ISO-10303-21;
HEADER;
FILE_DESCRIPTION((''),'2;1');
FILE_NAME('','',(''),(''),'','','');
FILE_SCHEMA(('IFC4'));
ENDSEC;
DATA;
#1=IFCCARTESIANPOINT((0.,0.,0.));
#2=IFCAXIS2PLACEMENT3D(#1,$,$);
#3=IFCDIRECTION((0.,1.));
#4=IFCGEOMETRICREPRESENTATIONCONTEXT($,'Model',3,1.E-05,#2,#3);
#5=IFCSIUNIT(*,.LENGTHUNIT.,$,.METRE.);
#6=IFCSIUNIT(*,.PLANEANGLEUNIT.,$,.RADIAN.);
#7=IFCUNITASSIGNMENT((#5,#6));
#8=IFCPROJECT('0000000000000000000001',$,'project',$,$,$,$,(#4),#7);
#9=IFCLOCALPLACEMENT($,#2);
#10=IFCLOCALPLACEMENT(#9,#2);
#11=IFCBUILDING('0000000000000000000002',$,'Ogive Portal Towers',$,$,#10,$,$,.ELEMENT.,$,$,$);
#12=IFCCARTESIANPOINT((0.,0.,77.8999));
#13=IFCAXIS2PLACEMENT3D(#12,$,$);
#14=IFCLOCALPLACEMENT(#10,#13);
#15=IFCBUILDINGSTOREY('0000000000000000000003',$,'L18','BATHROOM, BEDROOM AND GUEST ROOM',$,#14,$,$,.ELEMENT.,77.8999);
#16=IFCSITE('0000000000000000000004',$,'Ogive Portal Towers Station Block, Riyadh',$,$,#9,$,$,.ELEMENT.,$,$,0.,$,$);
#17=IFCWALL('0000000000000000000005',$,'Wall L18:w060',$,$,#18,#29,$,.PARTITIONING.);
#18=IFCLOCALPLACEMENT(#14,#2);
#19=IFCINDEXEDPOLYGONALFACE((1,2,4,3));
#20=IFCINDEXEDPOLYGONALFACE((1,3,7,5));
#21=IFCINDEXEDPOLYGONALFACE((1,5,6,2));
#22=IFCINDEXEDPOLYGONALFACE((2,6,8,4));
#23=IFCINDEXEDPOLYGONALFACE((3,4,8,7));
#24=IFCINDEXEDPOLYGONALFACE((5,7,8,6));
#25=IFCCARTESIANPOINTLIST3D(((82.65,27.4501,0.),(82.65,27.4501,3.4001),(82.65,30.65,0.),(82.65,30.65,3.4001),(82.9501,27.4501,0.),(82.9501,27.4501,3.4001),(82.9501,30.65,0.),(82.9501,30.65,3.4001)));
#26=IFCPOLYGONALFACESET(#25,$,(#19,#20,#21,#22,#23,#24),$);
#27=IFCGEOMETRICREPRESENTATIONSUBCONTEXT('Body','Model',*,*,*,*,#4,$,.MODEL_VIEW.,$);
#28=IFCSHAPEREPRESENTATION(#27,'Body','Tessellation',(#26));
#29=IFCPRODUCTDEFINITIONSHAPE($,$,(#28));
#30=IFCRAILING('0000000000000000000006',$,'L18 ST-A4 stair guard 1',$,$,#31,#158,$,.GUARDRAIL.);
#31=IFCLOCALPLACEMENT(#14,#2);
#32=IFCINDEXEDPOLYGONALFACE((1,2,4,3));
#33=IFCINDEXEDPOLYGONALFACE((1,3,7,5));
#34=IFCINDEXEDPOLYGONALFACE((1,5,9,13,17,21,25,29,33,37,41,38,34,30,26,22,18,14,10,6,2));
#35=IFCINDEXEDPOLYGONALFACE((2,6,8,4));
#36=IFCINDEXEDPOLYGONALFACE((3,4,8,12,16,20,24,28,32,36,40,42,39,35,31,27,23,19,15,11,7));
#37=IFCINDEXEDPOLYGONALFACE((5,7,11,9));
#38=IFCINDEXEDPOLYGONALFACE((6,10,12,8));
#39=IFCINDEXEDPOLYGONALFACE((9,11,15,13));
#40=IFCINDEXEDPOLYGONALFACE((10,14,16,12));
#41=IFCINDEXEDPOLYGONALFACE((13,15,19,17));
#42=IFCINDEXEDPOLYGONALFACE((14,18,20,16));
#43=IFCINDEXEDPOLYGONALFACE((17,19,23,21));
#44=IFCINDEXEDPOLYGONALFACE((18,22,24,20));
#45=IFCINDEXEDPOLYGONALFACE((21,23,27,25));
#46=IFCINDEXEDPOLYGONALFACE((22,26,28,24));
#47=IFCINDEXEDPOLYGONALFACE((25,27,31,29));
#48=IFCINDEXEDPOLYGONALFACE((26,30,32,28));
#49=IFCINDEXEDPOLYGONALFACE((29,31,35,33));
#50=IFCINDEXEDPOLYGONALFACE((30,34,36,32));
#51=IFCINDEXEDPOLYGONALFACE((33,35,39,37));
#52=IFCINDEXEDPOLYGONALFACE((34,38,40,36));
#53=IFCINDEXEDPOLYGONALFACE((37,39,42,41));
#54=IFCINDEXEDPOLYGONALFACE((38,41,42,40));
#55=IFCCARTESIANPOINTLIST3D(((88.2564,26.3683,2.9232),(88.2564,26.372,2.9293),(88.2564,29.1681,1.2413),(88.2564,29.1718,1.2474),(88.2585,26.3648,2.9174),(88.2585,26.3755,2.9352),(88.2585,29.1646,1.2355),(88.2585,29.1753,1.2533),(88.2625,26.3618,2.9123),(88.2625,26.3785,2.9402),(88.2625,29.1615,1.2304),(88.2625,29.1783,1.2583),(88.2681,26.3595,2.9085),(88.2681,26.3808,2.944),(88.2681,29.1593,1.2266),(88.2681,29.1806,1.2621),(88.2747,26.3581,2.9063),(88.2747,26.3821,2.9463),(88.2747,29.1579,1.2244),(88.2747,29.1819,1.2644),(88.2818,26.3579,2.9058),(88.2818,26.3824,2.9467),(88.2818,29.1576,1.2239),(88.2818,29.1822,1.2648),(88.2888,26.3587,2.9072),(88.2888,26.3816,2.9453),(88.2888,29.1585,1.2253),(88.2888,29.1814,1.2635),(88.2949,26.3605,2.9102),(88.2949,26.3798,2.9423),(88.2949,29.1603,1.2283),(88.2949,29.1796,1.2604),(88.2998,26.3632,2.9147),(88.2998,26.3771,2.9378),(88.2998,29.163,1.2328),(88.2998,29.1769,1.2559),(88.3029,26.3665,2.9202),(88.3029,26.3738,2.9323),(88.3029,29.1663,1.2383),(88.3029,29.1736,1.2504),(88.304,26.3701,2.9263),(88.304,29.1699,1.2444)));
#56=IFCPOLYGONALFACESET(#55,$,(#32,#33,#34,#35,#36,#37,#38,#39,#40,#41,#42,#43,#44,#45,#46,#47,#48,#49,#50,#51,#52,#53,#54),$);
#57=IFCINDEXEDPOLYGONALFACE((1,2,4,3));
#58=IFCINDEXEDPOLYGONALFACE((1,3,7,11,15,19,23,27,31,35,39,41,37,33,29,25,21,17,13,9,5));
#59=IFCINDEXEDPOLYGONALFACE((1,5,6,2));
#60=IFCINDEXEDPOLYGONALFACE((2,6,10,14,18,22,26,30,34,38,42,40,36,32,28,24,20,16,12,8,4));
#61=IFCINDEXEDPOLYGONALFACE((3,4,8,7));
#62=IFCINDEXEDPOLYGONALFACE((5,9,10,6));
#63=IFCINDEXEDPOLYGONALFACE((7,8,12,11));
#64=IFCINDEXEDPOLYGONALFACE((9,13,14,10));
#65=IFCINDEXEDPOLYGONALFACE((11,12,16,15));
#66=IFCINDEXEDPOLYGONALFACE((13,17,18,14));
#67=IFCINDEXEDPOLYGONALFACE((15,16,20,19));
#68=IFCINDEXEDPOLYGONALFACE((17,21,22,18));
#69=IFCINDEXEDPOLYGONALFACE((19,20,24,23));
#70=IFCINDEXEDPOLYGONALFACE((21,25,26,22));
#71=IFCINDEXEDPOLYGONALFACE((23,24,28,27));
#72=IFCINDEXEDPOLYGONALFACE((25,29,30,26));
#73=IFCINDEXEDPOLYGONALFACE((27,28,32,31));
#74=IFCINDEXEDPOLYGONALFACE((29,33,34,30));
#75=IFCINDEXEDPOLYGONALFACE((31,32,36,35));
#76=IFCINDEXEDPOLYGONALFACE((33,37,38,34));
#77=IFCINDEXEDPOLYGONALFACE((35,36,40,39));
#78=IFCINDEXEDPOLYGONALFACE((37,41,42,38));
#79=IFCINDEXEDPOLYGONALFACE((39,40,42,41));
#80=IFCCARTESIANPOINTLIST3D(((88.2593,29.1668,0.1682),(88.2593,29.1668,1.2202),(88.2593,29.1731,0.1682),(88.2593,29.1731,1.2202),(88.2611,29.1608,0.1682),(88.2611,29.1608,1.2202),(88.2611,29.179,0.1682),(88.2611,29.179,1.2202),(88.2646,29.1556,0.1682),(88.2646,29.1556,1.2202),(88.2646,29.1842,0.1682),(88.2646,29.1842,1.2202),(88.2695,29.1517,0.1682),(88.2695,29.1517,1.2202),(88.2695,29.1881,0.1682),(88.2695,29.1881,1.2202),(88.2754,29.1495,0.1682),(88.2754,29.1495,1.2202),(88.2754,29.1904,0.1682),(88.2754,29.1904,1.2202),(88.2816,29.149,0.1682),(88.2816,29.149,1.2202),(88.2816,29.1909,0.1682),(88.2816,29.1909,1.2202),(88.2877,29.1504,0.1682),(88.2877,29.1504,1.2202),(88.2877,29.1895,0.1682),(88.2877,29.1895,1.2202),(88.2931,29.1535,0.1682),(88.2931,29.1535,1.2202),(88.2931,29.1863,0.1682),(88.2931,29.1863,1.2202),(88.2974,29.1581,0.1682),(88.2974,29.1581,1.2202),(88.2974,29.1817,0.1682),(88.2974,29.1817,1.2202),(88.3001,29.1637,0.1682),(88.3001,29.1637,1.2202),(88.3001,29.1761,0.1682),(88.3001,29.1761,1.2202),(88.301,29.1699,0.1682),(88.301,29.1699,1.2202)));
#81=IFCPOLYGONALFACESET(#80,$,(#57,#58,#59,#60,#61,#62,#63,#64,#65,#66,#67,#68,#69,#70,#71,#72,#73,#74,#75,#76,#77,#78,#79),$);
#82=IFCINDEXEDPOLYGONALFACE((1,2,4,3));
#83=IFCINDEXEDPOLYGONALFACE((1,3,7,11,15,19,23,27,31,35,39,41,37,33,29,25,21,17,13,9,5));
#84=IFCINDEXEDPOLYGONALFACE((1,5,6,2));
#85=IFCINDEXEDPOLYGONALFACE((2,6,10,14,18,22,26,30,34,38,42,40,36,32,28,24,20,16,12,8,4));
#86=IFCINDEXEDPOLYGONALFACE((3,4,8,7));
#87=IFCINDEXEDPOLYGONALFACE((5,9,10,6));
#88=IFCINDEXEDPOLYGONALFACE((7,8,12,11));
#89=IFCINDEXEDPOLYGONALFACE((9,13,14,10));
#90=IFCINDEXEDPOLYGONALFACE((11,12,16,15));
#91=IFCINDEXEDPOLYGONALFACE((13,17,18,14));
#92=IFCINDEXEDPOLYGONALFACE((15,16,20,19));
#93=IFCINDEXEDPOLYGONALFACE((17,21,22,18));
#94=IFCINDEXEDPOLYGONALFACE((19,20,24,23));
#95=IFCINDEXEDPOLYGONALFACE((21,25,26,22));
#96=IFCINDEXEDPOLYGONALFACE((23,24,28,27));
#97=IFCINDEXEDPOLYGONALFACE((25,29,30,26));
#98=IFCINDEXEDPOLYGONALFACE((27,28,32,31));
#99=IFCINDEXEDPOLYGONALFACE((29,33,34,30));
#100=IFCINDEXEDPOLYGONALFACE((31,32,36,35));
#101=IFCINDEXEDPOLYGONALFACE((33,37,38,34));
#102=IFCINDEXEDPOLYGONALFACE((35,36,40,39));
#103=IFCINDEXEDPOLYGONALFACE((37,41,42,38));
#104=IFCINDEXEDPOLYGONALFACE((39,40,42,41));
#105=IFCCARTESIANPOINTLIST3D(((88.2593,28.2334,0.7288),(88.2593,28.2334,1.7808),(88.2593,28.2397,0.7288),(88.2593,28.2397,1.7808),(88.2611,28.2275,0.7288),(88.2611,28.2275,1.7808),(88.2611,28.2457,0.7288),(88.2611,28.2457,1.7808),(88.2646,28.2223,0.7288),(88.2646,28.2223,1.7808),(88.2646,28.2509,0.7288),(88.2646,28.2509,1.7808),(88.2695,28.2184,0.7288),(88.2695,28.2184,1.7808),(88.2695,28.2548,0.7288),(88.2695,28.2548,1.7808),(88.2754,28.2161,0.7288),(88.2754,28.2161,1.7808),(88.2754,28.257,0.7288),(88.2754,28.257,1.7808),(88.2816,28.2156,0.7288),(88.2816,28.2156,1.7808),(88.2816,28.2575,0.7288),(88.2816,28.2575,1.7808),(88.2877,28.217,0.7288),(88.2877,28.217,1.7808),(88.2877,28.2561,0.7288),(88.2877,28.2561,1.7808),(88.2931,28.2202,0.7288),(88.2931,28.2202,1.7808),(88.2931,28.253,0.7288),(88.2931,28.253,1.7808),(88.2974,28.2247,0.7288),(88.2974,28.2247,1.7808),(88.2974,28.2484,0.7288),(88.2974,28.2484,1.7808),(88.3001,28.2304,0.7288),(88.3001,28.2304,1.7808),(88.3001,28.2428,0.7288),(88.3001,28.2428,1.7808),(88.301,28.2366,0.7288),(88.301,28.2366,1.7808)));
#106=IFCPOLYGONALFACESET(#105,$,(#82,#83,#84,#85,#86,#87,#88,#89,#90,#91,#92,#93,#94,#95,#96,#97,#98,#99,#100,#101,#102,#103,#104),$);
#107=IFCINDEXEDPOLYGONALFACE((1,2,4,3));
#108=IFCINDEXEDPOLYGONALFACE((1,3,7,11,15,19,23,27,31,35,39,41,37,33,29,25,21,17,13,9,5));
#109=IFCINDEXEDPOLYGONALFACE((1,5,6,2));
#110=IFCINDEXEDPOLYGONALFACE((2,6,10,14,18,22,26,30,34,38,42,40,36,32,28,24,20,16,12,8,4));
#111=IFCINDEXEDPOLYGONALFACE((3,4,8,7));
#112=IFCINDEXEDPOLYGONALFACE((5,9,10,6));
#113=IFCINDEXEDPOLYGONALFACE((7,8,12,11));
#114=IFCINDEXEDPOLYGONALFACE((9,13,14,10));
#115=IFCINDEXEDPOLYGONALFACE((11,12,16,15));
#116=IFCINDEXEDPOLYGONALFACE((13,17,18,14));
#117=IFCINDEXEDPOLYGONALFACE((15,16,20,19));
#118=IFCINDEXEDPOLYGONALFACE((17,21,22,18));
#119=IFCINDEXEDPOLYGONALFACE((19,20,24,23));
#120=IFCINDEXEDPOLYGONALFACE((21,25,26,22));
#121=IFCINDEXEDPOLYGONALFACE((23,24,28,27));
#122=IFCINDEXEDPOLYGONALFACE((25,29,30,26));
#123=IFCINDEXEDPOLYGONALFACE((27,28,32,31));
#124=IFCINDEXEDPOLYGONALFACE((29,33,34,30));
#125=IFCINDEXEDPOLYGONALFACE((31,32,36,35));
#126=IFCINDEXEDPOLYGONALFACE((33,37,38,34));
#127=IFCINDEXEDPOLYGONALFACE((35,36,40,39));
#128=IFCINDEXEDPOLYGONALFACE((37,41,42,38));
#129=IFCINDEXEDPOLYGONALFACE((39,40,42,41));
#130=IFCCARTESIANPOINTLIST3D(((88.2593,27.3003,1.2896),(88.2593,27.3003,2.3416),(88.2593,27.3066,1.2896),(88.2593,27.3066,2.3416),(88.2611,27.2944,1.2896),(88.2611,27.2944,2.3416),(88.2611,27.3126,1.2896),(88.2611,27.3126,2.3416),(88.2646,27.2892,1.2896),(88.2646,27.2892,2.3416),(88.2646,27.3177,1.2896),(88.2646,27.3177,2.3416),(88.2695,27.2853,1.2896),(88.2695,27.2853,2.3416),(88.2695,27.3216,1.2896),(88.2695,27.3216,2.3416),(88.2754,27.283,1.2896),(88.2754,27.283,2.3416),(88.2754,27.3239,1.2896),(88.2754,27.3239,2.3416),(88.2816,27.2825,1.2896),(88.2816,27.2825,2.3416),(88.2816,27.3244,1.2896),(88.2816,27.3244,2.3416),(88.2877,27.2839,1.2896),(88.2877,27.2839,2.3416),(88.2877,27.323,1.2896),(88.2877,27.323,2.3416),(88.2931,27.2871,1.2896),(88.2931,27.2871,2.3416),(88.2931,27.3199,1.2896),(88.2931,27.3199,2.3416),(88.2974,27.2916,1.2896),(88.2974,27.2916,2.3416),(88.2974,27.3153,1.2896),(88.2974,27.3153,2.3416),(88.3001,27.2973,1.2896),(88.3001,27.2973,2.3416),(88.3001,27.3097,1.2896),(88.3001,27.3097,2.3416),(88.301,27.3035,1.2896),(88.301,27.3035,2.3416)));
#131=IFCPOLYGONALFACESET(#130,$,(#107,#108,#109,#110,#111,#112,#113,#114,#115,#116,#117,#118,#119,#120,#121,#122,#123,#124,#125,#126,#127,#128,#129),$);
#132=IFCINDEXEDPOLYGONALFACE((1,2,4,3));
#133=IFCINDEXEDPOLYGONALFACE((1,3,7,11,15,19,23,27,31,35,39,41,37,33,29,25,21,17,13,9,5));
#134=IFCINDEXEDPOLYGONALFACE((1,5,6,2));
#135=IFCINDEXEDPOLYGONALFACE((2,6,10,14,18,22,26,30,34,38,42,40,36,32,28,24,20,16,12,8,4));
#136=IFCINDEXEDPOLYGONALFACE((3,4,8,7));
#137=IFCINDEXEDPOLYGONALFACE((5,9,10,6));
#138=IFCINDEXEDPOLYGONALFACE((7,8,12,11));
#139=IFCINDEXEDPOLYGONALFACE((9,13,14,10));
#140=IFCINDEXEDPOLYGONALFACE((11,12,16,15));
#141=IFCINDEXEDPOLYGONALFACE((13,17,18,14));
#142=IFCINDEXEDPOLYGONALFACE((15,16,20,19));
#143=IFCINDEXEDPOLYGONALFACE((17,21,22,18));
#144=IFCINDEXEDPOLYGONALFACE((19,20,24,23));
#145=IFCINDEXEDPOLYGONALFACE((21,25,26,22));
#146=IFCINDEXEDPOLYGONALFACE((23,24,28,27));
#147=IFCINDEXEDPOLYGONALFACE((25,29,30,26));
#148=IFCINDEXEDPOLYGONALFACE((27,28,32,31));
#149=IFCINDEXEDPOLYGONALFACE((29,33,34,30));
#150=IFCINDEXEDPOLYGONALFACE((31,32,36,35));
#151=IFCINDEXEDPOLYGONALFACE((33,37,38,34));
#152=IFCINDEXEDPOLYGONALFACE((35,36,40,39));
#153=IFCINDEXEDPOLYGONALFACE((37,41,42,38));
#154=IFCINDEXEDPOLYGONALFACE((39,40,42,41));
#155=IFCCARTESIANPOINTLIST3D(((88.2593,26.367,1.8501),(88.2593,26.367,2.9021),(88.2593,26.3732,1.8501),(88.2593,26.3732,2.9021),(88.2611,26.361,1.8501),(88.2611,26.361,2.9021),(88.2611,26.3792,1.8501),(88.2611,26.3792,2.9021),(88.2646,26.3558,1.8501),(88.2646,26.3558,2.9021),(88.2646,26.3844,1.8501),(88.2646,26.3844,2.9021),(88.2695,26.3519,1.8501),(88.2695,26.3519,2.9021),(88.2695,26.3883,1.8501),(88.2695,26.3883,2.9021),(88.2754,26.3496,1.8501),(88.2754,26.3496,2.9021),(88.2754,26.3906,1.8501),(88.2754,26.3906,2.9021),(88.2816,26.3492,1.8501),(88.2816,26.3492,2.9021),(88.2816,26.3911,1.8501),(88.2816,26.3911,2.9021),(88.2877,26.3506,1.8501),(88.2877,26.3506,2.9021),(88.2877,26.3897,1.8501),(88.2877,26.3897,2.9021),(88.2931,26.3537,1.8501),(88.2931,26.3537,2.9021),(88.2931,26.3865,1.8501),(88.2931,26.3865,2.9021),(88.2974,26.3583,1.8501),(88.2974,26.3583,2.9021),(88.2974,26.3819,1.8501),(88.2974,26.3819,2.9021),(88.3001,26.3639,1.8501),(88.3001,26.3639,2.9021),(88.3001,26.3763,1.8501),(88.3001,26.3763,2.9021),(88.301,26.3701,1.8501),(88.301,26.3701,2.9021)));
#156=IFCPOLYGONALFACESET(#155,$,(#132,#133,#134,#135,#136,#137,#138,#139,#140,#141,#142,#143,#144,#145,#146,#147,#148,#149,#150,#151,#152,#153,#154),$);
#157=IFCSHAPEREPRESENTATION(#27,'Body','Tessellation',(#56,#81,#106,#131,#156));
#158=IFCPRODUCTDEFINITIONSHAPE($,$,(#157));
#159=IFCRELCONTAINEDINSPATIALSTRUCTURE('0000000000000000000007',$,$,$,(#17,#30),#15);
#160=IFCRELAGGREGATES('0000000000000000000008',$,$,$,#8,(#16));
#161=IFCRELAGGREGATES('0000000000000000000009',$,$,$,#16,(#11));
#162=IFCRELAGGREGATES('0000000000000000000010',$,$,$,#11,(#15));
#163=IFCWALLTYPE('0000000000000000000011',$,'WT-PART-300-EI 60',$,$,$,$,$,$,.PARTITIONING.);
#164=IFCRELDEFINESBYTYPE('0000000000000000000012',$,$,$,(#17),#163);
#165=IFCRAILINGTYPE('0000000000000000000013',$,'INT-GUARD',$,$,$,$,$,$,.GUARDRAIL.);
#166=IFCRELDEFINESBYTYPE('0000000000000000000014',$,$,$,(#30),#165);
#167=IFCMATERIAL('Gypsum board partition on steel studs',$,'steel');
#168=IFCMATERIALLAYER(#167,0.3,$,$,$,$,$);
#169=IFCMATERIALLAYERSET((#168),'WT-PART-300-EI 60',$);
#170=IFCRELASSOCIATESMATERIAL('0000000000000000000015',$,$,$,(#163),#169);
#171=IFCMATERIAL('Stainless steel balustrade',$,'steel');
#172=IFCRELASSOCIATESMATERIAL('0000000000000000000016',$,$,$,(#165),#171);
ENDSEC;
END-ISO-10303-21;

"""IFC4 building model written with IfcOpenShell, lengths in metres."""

from ifc_helpers import new_model, si_unit, direction, frame, frame_2d, origin, origin_2d, place, context, subcontext, project, spatial, rectangle, circle, extrude, material, layer, layer_set, type_object, element, save


model = new_model("IFC4")

# Units and contexts
model_context = context("Model", 3, precision=1e-05, world=origin(), true_north=direction((0.0, 1.0)))
body_context = subcontext(model_context, "Body", "Model", "MODEL_VIEW")
ifc_project = project(units=[si_unit("LENGTHUNIT", "METRE"), si_unit("PLANEANGLEUNIT", "RADIAN")], contexts=[model_context])

# Site, building, storey
site_placement = place(None, origin())
site = spatial("IfcSite", under=ifc_project, at=site_placement, Name="Ogive Portal Towers Station Block, Riyadh", CompositionType="ELEMENT", RefElevation=0.0)
building_placement = place(site_placement, origin())
building = spatial("IfcBuilding", under=site, at=building_placement, Name="Ogive Portal Towers", CompositionType="ELEMENT")
storey_placement = place(building_placement, frame((0.0, 0.0, 77.8999)))
storey = spatial("IfcBuildingStorey", under=building, at=storey_placement, Name="L18", Description="BATHROOM, BEDROOM AND GUEST ROOM", CompositionType="ELEMENT", Elevation=77.8999)

# Shared definitions
ifc_material_1 = material(Name="Gypsum board partition on steel studs", Category="steel")

# Shared definitions
ifc_layer_1 = layer(ifc_material_1, 0.3)
ifc_layer_set_1 = layer_set([ifc_layer_1], Name="WT-PART-300-EI 60")
wall_type_1 = type_object("IfcWallType", Name="WT-PART-300-EI 60", PredefinedType="PARTITIONING", material=ifc_layer_set_1)

# Wall
wall_1_placement = place(storey_placement, frame((82.8, 27.45, 0.0), z_axis=(0.0, 0.0, 1.0), x_axis=(0.0, 1.0, 0.0)))
element("IfcWall", 1, at=wall_1_placement, inside=storey, type_object=wall_type_1, Name="Wall L18:w060", PredefinedType="PARTITIONING", context=body_context, shape_type="SweptSolid", body=[
    extrude(rectangle(XDim=3.2, YDim=0.3, at=frame_2d((1.6001, 0.0))), origin(), (0.0, 0.0, 1.0), 3.4001),
])

# Railing
ifc_material_2 = material(Name="Stainless steel balustrade", Category="steel")
railing_type_1 = type_object("IfcRailingType", Name="INT-GUARD", PredefinedType="GUARDRAIL", material=ifc_material_2)
railing_1_placement = place(storey_placement, frame((88.28, 29.1699, 0.1682)))
element("IfcRailing", 2, at=railing_1_placement, inside=storey, type_object=railing_type_1, Name="L18 ST-A4 stair guard 1", PredefinedType="GUARDRAIL", context=body_context, shape_type="SweptSolid", body=[
    extrude(circle(Radius=0.0239, at=origin_2d()), frame((0.0, 0.0, 1.0762), z_axis=(0.0, -0.857222, 0.514946), x_axis=(1.0, 0.0, 0.0)), (0.0, 0.0, 1.0), 3.2661),
    extrude(circle(Radius=0.021, at=origin_2d()), origin(), (0.0, 0.0, 1.0), 1.052),
    extrude(circle(Radius=0.021, at=origin_2d()), frame((0.0, -0.9333, 0.5605)), (0.0, 0.0, 1.0), 1.052),
    extrude(circle(Radius=0.021, at=origin_2d()), frame((0.0, -1.8665, 1.1213)), (0.0, 0.0, 1.0), 1.052),
    extrude(circle(Radius=0.021, at=origin_2d()), frame((0.0, -2.7998, 1.6819)), (0.0, 0.0, 1.0), 1.052),
])

save(model, "model.ifc")
